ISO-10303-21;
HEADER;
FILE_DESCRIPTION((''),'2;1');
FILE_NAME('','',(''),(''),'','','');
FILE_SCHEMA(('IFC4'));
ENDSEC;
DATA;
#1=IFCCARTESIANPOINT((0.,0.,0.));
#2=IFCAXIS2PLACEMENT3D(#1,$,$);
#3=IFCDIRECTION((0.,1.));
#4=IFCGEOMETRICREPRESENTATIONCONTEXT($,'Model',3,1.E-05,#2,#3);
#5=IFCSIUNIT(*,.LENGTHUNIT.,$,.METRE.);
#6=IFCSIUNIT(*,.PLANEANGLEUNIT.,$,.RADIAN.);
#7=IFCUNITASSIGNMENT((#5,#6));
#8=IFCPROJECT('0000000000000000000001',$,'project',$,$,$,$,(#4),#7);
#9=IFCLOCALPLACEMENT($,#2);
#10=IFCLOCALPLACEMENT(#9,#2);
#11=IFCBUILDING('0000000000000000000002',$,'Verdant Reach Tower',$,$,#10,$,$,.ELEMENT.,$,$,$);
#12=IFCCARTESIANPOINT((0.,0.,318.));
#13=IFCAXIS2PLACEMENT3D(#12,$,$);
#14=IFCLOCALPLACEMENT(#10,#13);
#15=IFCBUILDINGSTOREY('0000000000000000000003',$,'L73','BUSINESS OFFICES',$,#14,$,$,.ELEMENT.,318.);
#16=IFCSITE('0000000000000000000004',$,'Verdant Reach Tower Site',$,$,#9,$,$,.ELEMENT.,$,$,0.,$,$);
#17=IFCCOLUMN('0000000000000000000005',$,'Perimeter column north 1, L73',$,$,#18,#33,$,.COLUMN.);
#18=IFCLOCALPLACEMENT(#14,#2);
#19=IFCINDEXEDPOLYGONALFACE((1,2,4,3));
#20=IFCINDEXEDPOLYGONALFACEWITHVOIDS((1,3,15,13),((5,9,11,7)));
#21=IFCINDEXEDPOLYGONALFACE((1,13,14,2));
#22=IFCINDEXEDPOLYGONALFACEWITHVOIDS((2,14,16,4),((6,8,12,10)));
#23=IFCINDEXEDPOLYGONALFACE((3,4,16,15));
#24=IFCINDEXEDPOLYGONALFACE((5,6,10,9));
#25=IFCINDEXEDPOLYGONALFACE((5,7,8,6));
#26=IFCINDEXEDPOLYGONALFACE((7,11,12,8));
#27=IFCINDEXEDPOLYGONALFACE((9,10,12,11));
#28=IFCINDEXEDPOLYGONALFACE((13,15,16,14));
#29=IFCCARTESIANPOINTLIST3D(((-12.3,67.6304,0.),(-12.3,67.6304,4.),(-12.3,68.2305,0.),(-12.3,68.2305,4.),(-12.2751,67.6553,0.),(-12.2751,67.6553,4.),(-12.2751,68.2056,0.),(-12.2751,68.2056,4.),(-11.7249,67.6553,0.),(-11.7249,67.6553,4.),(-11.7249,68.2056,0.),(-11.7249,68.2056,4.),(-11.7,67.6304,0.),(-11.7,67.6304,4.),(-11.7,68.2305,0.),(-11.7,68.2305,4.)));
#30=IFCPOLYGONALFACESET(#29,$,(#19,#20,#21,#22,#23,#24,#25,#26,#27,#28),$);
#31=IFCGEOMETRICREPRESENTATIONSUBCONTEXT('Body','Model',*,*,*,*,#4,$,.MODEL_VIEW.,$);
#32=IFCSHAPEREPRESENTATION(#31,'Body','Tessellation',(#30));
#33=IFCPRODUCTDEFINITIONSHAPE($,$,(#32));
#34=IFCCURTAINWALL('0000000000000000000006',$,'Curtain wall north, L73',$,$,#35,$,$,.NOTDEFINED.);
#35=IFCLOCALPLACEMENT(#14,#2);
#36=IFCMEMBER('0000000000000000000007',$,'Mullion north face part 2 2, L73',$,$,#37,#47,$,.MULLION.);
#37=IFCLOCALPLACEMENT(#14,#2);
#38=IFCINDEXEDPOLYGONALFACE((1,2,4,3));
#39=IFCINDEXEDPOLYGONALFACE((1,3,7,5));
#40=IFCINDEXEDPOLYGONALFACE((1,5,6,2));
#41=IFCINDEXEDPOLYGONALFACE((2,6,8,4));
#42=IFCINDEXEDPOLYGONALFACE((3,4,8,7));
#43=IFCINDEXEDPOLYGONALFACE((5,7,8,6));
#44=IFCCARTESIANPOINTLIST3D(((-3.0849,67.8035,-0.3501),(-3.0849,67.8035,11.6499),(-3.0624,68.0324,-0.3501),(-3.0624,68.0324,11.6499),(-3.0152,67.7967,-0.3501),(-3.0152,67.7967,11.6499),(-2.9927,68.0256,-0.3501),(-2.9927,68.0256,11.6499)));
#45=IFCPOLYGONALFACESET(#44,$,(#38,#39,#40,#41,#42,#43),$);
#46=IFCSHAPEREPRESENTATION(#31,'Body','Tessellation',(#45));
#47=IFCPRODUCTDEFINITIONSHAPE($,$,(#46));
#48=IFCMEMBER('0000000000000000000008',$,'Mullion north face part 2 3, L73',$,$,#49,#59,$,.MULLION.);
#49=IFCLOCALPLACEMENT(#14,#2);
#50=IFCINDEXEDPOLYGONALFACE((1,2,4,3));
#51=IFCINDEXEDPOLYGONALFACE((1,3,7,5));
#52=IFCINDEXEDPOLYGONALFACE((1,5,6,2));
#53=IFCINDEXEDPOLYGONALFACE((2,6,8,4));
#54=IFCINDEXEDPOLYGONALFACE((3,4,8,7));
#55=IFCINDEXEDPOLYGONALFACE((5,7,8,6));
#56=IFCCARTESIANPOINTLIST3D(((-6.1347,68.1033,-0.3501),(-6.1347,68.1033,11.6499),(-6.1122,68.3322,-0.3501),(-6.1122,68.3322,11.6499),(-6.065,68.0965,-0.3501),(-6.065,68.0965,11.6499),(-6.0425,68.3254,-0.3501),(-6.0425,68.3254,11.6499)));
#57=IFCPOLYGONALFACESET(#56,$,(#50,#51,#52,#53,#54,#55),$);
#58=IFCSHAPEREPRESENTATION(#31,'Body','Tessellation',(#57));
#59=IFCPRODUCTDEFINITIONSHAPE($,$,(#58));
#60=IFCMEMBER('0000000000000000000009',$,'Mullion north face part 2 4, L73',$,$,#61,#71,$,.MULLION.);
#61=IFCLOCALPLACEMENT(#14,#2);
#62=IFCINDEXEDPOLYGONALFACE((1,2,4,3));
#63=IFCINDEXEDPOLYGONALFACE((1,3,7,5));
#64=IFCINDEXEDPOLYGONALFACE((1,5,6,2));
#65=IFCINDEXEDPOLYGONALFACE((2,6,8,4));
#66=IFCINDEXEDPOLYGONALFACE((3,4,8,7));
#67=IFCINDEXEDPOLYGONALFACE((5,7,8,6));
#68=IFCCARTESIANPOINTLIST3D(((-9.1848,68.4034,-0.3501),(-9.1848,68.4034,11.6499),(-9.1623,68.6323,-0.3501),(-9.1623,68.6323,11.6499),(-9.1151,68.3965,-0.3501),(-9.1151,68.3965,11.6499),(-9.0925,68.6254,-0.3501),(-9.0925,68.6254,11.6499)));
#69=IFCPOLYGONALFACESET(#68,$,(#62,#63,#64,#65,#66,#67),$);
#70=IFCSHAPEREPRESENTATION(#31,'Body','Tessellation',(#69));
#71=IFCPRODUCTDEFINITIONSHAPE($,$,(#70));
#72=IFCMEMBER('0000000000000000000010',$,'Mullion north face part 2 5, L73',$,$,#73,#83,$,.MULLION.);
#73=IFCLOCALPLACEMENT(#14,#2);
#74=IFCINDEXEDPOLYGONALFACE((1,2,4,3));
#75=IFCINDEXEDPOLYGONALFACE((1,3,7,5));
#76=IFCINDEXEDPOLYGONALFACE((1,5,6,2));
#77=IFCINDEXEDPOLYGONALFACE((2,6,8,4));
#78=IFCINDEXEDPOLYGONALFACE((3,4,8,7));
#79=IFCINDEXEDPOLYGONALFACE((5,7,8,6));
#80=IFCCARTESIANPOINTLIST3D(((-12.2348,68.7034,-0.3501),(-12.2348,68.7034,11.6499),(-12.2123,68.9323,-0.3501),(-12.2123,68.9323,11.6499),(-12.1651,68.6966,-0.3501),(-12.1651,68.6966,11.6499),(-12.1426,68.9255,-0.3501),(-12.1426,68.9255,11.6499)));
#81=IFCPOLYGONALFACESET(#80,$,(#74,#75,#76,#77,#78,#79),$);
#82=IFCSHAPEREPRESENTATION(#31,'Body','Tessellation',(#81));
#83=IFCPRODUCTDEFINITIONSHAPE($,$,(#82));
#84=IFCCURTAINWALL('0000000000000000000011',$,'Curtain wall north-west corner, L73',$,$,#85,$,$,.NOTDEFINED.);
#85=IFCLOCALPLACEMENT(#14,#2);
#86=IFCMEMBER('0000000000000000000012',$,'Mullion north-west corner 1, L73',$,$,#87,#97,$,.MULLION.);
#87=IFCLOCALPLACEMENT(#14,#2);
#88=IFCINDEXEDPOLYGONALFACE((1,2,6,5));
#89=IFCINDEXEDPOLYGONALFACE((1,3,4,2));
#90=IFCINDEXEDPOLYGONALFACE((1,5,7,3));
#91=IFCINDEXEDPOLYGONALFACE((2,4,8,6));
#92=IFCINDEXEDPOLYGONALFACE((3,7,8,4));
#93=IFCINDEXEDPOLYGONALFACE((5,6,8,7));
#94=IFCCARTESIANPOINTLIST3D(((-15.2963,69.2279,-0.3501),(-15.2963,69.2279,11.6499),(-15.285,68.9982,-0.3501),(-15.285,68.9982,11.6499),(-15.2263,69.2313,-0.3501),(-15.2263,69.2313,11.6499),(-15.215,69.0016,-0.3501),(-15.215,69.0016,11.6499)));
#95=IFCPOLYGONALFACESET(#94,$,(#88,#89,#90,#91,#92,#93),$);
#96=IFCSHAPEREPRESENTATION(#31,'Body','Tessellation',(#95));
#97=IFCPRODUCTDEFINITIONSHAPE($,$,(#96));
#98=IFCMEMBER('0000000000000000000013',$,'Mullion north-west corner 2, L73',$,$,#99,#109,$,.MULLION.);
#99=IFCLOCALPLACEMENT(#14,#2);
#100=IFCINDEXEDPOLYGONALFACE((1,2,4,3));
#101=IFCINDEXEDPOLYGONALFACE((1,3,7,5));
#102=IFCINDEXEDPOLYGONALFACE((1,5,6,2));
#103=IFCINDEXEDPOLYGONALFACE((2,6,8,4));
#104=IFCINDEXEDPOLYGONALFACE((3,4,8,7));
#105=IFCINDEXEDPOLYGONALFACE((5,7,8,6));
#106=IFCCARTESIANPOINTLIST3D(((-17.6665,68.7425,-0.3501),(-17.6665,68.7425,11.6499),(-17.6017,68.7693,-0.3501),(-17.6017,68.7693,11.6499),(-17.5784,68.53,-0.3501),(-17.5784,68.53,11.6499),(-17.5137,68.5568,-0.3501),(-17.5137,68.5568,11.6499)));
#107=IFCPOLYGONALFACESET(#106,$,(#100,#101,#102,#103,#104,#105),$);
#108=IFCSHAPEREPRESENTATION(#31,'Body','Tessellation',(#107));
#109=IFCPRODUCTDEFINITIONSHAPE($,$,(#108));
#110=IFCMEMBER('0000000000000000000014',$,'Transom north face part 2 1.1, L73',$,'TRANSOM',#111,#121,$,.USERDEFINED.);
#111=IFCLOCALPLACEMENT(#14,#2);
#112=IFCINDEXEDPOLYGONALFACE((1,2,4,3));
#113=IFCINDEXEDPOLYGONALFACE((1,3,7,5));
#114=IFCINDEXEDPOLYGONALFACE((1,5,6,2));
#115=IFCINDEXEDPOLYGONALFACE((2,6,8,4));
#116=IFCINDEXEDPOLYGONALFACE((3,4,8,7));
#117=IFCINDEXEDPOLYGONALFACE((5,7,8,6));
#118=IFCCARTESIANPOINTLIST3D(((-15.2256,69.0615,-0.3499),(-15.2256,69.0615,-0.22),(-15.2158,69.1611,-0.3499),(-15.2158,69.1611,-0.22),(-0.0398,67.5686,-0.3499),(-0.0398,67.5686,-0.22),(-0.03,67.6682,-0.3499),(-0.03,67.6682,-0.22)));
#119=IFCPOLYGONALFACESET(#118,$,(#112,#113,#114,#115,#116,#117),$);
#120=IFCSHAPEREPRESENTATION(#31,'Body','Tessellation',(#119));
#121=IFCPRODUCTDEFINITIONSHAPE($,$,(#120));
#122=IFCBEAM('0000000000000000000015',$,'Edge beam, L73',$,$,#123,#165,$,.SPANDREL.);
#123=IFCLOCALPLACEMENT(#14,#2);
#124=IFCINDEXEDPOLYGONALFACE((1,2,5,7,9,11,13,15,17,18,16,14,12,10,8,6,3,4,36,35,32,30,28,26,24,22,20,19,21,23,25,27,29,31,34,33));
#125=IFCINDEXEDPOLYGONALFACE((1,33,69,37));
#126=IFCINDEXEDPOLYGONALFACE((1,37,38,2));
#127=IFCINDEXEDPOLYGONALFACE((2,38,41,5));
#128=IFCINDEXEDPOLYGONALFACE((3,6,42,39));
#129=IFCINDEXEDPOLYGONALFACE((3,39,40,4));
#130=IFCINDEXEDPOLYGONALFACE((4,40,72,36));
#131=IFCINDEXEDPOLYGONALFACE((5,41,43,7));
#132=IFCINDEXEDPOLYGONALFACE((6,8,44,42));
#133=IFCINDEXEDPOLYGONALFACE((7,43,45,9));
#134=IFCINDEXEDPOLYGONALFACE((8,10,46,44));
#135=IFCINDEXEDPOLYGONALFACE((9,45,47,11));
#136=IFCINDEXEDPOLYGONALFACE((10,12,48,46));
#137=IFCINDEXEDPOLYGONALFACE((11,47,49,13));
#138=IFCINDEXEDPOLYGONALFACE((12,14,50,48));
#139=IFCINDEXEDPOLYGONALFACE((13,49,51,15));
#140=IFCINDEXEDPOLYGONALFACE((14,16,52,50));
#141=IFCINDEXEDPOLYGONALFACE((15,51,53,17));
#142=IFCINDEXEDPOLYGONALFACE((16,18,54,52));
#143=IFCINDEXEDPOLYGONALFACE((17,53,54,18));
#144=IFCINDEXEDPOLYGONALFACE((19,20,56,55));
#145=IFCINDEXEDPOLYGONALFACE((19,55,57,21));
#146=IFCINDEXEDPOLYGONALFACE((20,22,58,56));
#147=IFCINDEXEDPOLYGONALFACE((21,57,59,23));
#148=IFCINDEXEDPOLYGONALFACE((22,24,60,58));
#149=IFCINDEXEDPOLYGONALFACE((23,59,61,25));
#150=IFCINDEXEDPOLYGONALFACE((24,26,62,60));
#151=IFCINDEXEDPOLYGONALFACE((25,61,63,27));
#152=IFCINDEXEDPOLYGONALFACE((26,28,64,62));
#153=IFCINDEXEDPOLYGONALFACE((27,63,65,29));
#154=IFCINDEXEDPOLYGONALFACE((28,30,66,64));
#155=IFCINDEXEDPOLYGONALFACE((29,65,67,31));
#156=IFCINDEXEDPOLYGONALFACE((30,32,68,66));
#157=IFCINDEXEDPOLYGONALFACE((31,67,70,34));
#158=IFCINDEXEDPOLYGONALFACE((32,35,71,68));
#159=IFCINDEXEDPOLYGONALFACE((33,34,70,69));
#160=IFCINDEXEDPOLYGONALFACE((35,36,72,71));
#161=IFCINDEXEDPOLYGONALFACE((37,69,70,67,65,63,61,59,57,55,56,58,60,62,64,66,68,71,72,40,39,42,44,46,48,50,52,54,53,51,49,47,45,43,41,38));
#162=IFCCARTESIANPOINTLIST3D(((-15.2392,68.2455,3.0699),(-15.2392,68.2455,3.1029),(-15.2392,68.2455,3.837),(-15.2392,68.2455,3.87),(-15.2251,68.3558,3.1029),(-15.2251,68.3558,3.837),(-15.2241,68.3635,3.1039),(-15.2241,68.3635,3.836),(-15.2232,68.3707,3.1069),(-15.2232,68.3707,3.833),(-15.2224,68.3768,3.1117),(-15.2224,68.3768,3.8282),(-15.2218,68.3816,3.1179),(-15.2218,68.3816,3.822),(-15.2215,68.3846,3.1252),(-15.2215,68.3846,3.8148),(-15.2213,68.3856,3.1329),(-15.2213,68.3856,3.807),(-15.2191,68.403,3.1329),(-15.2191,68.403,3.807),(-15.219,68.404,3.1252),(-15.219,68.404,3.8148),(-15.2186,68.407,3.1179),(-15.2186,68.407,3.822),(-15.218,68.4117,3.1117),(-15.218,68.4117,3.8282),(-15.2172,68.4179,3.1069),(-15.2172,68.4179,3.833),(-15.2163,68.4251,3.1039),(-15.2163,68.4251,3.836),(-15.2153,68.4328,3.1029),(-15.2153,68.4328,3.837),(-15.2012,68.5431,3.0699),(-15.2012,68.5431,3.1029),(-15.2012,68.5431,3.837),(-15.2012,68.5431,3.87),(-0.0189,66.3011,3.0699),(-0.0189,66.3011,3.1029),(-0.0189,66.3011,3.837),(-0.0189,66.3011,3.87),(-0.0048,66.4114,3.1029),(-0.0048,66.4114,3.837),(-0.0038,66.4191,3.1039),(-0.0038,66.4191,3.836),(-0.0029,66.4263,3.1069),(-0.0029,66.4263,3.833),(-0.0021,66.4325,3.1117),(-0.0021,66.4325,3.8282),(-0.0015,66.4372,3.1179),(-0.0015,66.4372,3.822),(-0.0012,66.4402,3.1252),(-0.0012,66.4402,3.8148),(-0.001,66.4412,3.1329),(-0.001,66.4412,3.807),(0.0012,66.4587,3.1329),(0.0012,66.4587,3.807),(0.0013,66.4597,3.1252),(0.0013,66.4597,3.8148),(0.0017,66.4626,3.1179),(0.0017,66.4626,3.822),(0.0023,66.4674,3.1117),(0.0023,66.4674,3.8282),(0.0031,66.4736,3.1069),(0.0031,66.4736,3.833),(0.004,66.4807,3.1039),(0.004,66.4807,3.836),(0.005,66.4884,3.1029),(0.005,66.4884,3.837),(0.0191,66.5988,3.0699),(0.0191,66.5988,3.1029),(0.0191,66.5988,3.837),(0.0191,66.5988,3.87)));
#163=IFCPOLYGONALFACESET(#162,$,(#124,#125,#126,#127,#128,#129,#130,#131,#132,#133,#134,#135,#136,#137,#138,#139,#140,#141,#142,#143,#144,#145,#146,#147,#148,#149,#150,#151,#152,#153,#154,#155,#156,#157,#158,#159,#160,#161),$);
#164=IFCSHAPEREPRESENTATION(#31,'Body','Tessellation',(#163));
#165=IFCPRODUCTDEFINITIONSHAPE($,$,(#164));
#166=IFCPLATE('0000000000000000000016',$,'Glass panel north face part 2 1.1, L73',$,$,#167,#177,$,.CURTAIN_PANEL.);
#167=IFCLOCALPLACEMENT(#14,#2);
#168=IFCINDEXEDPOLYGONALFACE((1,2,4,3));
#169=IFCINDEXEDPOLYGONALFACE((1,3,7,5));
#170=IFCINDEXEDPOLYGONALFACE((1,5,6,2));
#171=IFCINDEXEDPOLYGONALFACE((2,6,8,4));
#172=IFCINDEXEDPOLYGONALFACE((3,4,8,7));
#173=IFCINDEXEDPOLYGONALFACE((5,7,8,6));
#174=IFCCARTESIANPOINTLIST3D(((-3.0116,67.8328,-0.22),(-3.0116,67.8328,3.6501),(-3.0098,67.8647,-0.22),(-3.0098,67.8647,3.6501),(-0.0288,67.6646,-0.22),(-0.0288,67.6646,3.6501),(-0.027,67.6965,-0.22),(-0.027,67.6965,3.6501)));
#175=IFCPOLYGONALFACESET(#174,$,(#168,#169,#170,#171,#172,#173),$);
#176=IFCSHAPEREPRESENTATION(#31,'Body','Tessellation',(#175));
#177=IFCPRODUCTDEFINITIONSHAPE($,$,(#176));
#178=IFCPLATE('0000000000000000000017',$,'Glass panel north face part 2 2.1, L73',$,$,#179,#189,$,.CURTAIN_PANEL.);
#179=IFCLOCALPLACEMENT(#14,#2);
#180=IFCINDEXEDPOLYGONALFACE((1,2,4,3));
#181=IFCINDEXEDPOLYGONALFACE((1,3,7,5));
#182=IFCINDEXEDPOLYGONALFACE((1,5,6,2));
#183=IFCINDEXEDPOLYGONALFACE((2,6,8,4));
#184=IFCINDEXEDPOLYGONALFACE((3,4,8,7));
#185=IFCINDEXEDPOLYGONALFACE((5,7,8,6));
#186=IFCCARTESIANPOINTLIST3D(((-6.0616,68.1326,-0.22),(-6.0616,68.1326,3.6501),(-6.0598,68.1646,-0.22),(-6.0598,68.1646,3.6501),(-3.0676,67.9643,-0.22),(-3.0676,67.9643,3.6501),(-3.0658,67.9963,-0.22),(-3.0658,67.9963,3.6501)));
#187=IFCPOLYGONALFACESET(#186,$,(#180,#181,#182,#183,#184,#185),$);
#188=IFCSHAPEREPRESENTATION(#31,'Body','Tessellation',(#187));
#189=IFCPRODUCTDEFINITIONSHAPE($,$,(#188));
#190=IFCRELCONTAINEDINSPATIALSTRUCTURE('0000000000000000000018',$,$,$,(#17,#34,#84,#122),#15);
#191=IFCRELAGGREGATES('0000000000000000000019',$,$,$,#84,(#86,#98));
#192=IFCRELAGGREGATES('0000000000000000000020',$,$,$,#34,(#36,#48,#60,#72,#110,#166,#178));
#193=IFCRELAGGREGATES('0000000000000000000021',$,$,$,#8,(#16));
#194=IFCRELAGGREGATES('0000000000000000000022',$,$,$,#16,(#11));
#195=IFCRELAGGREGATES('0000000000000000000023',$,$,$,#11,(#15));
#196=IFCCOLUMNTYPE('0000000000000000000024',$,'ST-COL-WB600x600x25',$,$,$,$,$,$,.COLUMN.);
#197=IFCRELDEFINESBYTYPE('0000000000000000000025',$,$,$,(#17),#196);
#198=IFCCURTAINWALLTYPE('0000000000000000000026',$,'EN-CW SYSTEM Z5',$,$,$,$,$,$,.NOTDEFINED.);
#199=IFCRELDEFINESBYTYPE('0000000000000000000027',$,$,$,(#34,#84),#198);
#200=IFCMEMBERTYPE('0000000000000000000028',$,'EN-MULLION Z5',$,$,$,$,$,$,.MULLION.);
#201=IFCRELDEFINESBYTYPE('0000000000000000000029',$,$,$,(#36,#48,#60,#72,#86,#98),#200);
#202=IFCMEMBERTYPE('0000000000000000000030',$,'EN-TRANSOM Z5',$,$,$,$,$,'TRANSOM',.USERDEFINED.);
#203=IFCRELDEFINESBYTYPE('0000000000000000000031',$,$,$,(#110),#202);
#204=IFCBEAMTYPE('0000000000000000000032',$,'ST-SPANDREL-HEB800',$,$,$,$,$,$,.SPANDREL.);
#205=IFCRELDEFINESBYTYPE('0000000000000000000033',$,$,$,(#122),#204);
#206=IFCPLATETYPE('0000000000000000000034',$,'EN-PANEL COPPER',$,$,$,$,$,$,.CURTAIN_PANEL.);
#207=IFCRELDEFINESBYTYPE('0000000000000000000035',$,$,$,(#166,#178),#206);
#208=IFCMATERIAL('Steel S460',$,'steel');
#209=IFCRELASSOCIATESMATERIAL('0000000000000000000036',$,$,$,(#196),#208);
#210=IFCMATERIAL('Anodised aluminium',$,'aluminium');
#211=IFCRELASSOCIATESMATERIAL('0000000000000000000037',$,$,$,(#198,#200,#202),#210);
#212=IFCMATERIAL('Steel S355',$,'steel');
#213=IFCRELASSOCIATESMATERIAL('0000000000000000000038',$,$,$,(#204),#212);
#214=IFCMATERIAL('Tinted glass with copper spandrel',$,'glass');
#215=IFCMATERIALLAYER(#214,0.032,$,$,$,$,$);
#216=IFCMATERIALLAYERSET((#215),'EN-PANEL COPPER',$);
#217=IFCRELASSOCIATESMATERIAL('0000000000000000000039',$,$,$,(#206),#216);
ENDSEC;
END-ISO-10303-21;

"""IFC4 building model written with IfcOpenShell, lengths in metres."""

from ifc_helpers import new_model, si_unit, direction, frame, origin, origin_2d, place, context, subcontext, project, spatial, rectangle, hollow_rectangle, i_section, extrude, material, layer, layer_set, material_profile, profile_set, type_object, element, aggregate, save


model = new_model("IFC4")

# Units and contexts
model_context = context("Model", 3, precision=1e-05, world=origin(), true_north=direction((0.0, 1.0)))
body_context = subcontext(model_context, "Body", "Model", "MODEL_VIEW")
ifc_project = project(units=[si_unit("LENGTHUNIT", "METRE"), si_unit("PLANEANGLEUNIT", "RADIAN")], contexts=[model_context])

# Site, building, storey
site_placement = place(None, origin())
site = spatial("IfcSite", under=ifc_project, at=site_placement, Name="Verdant Reach Tower Site", CompositionType="ELEMENT", RefElevation=0.0)
building_placement = place(site_placement, origin())
building = spatial("IfcBuilding", under=site, at=building_placement, Name="Verdant Reach Tower", CompositionType="ELEMENT")
storey_placement = place(building_placement, frame((0.0, 0.0, 318.0)))
storey = spatial("IfcBuildingStorey", under=building, at=storey_placement, Name="L73", Description="BUSINESS OFFICES", CompositionType="ELEMENT", Elevation=318.0)

# Column
ifc_material_1 = material(Name="Steel S460", Category="steel")
ifc_material_profile_1 = material_profile(ifc_material_1, hollow_rectangle(XDim=0.6001, YDim=0.6001, WallThickness=0.0249, at=origin_2d()), Name="WB 600x600x25")
ifc_profile_set_1 = profile_set([ifc_material_profile_1], Name="Steel S460")
column_type = type_object("IfcColumnType", Name="ST-COL-WB600x600x25", PredefinedType="COLUMN", material=ifc_profile_set_1)
column_placement = place(storey_placement, frame((-12.0, 67.9304, 0.0), z_axis=(0.0, 0.0, 1.0), x_axis=(1.0, 0.0, 0.0)))
element("IfcColumn", 1, at=column_placement, inside=storey, type_object=column_type, Name="Perimeter column north 1, L73", PredefinedType="COLUMN", context=body_context, shape_type="SweptSolid", body=[
    extrude(hollow_rectangle(XDim=0.6001, YDim=0.6001, WallThickness=0.0249, at=origin_2d()), origin(), (0.0, 0.0, 1.0), 4.0),
])

# Curtain walls, members
ifc_material_2 = material(Name="Anodised aluminium", Category="aluminium")
curtain_wall_type = type_object("IfcCurtainWallType", Name="EN-CW SYSTEM Z5", PredefinedType="NOTDEFINED", material=ifc_material_2)
curtain_wall_1_placement = place(storey_placement, origin())
curtain_wall_1 = element("IfcCurtainWall", 2, at=curtain_wall_1_placement, inside=storey, type_object=curtain_wall_type, Name="Curtain wall north, L73", PredefinedType="NOTDEFINED")
ifc_material_profile_2 = material_profile(ifc_material_2, rectangle(XDim=0.23, YDim=0.0701, at=origin_2d()), Name="Mullion 70x230")
ifc_profile_set_2 = profile_set([ifc_material_profile_2], Name="Anodised aluminium")
member_type_1 = type_object("IfcMemberType", Name="EN-MULLION Z5", PredefinedType="MULLION", material=ifc_profile_set_2)
member_1_placement = place(storey_placement, frame((-3.0388, 67.9146, -0.3501), z_axis=(0.0, 0.0, 1.0), x_axis=(0.097888, 0.995197, 0.0)))
member_1 = element("IfcMember", 3, at=member_1_placement, type_object=member_type_1, Name="Mullion north face part 2 2, L73", PredefinedType="MULLION", context=body_context, shape_type="SweptSolid", body=[
    extrude(rectangle(XDim=0.23, YDim=0.0701, at=origin_2d()), origin(), (0.0, 0.0, 1.0), 12.0),
])
member_2_placement = place(storey_placement, frame((-6.0886, 68.2144, -0.3501), z_axis=(0.0, 0.0, 1.0), x_axis=(0.097888, 0.995197, 0.0)))
member_2 = element("IfcMember", 4, at=member_2_placement, type_object=member_type_1, Name="Mullion north face part 2 3, L73", PredefinedType="MULLION", context=body_context, shape_type="SweptSolid", body=[
    extrude(rectangle(XDim=0.23, YDim=0.0701, at=origin_2d()), origin(), (0.0, 0.0, 1.0), 12.0),
])
member_3_placement = place(storey_placement, frame((-9.1387, 68.5144, -0.3501), z_axis=(0.0, 0.0, 1.0), x_axis=(0.097888, 0.995197, 0.0)))
member_3 = element("IfcMember", 5, at=member_3_placement, type_object=member_type_1, Name="Mullion north face part 2 4, L73", PredefinedType="MULLION", context=body_context, shape_type="SweptSolid", body=[
    extrude(rectangle(XDim=0.23, YDim=0.0701, at=origin_2d()), origin(), (0.0, 0.0, 1.0), 12.0),
])
member_4_placement = place(storey_placement, frame((-12.1887, 68.8145, -0.3501), z_axis=(0.0, 0.0, 1.0), x_axis=(0.097888, 0.995197, 0.0)))
member_4 = element("IfcMember", 6, at=member_4_placement, type_object=member_type_1, Name="Mullion north face part 2 5, L73", PredefinedType="MULLION", context=body_context, shape_type="SweptSolid", body=[
    extrude(rectangle(XDim=0.23, YDim=0.0701, at=origin_2d()), origin(), (0.0, 0.0, 1.0), 12.0),
])
curtain_wall_2_placement = place(storey_placement, origin())
curtain_wall_2 = element("IfcCurtainWall", 7, at=curtain_wall_2_placement, inside=storey, type_object=curtain_wall_type, Name="Curtain wall north-west corner, L73", PredefinedType="NOTDEFINED")
member_5_placement = place(storey_placement, frame((-15.2556, 69.1147, -0.3501), z_axis=(0.0, 0.0, 1.0), x_axis=(-0.049128, 0.998793, 0.0)))
member_5 = element("IfcMember", 8, at=member_5_placement, type_object=member_type_1, Name="Mullion north-west corner 1, L73", PredefinedType="MULLION", context=body_context, shape_type="SweptSolid", body=[
    extrude(rectangle(XDim=0.23, YDim=0.0701, at=origin_2d()), origin(), (0.0, 0.0, 1.0), 12.0),
])
member_6_placement = place(storey_placement, frame((-17.5901, 68.6497, -0.3501), z_axis=(0.0, 0.0, 1.0), x_axis=(-0.382694, 0.923875, 0.0)))
member_6 = element("IfcMember", 9, at=member_6_placement, type_object=member_type_1, Name="Mullion north-west corner 2, L73", PredefinedType="MULLION", context=body_context, shape_type="SweptSolid", body=[
    extrude(rectangle(XDim=0.23, YDim=0.0701, at=origin_2d()), origin(), (0.0, 0.0, 1.0), 12.0),
])

# Member
ifc_material_profile_3 = material_profile(ifc_material_2, rectangle(XDim=0.1001, YDim=0.1299, at=origin_2d()), Name="Transom 130x100")
ifc_profile_set_3 = profile_set([ifc_material_profile_3], Name="Anodised aluminium")
member_type_2 = type_object("IfcMemberType", Name="EN-TRANSOM Z5", ElementType="TRANSOM", PredefinedType="USERDEFINED", material=ifc_profile_set_3)
member_7_placement = place(storey_placement, frame((-0.0349, 67.6184, -0.2849), z_axis=(-0.995202, 0.097839, 0.0), x_axis=(-0.097839, -0.995202, 0.0)))
member_7 = element("IfcMember", 10, at=member_7_placement, type_object=member_type_2, Name="Transom north face part 2 1.1, L73", ObjectType="TRANSOM", PredefinedType="USERDEFINED", context=body_context, shape_type="SweptSolid", body=[
    extrude(rectangle(XDim=0.1001, YDim=0.1299, at=origin_2d()), origin(), (0.0, 0.0, 1.0), 15.259),
])

# Beam
ifc_material_3 = material(Name="Steel S355", Category="steel")
ifc_material_profile_4 = material_profile(ifc_material_3, i_section(OverallWidth=0.3, OverallDepth=0.8, WebThickness=0.0176, FlangeThickness=0.033, FilletRadius=0.03, at=origin_2d()), Name="HEB 800")
ifc_profile_set_4 = profile_set([ifc_material_profile_4], Name="Steel S355")
beam_type = type_object("IfcBeamType", Name="ST-SPANDREL-HEB800", PredefinedType="SPANDREL", material=ifc_profile_set_4)
beam_placement = place(storey_placement, frame((-15.2202, 68.3943, 3.47), z_axis=(0.991939, -0.126717, 0.0), x_axis=(0.126717, 0.991939, 0.0)))
element("IfcBeam", 11, at=beam_placement, inside=storey, type_object=beam_type, Name="Edge beam, L73", PredefinedType="SPANDREL", context=body_context, shape_type="SweptSolid", body=[
    extrude(i_section(OverallWidth=0.3, OverallDepth=0.8, WebThickness=0.0176, FlangeThickness=0.033, FilletRadius=0.03, at=origin_2d()), origin(), (0.0, 0.0, 1.0), 15.344),
])

# Plates
ifc_material_4 = material(Name="Tinted glass with copper spandrel", Category="glass")
ifc_layer_1 = layer(ifc_material_4, 0.032)
ifc_layer_set_1 = layer_set([ifc_layer_1], Name="EN-PANEL COPPER")
plate_type_1 = type_object("IfcPlateType", Name="EN-PANEL COPPER", PredefinedType="CURTAIN_PANEL", material=ifc_layer_set_1)
plate_1_placement = place(storey_placement, frame((-1.5193, 67.7646, -0.22), z_axis=(0.0, 0.0, 1.0), x_axis=(-0.998413, 0.056308, 0.0)))
plate_1 = element("IfcPlate", 12, at=plate_1_placement, type_object=plate_type_1, Name="Glass panel north face part 2 1.1, L73", PredefinedType="CURTAIN_PANEL", context=body_context, shape_type="SweptSolid", body=[
    extrude(rectangle(XDim=2.9875, YDim=0.032, at=origin_2d()), origin(), (0.0, 0.0, 1.0), 3.8701),
])
plate_2_placement = place(storey_placement, frame((-4.5637, 68.0645, -0.22), z_axis=(0.0, 0.0, 1.0), x_axis=(-0.998424, 0.056128, 0.0)))
plate_2 = element("IfcPlate", 13, at=plate_2_placement, type_object=plate_type_1, Name="Glass panel north face part 2 2.1, L73", PredefinedType="CURTAIN_PANEL", context=body_context, shape_type="SweptSolid", body=[
    extrude(rectangle(XDim=2.9988, YDim=0.032, at=origin_2d()), origin(), (0.0, 0.0, 1.0), 3.8701),
])
aggregate(curtain_wall_2, [member_5, member_6])
aggregate(curtain_wall_1, [member_1, member_2, member_3, member_4, member_7, plate_1, plate_2])

save(model, "model.ifc")
